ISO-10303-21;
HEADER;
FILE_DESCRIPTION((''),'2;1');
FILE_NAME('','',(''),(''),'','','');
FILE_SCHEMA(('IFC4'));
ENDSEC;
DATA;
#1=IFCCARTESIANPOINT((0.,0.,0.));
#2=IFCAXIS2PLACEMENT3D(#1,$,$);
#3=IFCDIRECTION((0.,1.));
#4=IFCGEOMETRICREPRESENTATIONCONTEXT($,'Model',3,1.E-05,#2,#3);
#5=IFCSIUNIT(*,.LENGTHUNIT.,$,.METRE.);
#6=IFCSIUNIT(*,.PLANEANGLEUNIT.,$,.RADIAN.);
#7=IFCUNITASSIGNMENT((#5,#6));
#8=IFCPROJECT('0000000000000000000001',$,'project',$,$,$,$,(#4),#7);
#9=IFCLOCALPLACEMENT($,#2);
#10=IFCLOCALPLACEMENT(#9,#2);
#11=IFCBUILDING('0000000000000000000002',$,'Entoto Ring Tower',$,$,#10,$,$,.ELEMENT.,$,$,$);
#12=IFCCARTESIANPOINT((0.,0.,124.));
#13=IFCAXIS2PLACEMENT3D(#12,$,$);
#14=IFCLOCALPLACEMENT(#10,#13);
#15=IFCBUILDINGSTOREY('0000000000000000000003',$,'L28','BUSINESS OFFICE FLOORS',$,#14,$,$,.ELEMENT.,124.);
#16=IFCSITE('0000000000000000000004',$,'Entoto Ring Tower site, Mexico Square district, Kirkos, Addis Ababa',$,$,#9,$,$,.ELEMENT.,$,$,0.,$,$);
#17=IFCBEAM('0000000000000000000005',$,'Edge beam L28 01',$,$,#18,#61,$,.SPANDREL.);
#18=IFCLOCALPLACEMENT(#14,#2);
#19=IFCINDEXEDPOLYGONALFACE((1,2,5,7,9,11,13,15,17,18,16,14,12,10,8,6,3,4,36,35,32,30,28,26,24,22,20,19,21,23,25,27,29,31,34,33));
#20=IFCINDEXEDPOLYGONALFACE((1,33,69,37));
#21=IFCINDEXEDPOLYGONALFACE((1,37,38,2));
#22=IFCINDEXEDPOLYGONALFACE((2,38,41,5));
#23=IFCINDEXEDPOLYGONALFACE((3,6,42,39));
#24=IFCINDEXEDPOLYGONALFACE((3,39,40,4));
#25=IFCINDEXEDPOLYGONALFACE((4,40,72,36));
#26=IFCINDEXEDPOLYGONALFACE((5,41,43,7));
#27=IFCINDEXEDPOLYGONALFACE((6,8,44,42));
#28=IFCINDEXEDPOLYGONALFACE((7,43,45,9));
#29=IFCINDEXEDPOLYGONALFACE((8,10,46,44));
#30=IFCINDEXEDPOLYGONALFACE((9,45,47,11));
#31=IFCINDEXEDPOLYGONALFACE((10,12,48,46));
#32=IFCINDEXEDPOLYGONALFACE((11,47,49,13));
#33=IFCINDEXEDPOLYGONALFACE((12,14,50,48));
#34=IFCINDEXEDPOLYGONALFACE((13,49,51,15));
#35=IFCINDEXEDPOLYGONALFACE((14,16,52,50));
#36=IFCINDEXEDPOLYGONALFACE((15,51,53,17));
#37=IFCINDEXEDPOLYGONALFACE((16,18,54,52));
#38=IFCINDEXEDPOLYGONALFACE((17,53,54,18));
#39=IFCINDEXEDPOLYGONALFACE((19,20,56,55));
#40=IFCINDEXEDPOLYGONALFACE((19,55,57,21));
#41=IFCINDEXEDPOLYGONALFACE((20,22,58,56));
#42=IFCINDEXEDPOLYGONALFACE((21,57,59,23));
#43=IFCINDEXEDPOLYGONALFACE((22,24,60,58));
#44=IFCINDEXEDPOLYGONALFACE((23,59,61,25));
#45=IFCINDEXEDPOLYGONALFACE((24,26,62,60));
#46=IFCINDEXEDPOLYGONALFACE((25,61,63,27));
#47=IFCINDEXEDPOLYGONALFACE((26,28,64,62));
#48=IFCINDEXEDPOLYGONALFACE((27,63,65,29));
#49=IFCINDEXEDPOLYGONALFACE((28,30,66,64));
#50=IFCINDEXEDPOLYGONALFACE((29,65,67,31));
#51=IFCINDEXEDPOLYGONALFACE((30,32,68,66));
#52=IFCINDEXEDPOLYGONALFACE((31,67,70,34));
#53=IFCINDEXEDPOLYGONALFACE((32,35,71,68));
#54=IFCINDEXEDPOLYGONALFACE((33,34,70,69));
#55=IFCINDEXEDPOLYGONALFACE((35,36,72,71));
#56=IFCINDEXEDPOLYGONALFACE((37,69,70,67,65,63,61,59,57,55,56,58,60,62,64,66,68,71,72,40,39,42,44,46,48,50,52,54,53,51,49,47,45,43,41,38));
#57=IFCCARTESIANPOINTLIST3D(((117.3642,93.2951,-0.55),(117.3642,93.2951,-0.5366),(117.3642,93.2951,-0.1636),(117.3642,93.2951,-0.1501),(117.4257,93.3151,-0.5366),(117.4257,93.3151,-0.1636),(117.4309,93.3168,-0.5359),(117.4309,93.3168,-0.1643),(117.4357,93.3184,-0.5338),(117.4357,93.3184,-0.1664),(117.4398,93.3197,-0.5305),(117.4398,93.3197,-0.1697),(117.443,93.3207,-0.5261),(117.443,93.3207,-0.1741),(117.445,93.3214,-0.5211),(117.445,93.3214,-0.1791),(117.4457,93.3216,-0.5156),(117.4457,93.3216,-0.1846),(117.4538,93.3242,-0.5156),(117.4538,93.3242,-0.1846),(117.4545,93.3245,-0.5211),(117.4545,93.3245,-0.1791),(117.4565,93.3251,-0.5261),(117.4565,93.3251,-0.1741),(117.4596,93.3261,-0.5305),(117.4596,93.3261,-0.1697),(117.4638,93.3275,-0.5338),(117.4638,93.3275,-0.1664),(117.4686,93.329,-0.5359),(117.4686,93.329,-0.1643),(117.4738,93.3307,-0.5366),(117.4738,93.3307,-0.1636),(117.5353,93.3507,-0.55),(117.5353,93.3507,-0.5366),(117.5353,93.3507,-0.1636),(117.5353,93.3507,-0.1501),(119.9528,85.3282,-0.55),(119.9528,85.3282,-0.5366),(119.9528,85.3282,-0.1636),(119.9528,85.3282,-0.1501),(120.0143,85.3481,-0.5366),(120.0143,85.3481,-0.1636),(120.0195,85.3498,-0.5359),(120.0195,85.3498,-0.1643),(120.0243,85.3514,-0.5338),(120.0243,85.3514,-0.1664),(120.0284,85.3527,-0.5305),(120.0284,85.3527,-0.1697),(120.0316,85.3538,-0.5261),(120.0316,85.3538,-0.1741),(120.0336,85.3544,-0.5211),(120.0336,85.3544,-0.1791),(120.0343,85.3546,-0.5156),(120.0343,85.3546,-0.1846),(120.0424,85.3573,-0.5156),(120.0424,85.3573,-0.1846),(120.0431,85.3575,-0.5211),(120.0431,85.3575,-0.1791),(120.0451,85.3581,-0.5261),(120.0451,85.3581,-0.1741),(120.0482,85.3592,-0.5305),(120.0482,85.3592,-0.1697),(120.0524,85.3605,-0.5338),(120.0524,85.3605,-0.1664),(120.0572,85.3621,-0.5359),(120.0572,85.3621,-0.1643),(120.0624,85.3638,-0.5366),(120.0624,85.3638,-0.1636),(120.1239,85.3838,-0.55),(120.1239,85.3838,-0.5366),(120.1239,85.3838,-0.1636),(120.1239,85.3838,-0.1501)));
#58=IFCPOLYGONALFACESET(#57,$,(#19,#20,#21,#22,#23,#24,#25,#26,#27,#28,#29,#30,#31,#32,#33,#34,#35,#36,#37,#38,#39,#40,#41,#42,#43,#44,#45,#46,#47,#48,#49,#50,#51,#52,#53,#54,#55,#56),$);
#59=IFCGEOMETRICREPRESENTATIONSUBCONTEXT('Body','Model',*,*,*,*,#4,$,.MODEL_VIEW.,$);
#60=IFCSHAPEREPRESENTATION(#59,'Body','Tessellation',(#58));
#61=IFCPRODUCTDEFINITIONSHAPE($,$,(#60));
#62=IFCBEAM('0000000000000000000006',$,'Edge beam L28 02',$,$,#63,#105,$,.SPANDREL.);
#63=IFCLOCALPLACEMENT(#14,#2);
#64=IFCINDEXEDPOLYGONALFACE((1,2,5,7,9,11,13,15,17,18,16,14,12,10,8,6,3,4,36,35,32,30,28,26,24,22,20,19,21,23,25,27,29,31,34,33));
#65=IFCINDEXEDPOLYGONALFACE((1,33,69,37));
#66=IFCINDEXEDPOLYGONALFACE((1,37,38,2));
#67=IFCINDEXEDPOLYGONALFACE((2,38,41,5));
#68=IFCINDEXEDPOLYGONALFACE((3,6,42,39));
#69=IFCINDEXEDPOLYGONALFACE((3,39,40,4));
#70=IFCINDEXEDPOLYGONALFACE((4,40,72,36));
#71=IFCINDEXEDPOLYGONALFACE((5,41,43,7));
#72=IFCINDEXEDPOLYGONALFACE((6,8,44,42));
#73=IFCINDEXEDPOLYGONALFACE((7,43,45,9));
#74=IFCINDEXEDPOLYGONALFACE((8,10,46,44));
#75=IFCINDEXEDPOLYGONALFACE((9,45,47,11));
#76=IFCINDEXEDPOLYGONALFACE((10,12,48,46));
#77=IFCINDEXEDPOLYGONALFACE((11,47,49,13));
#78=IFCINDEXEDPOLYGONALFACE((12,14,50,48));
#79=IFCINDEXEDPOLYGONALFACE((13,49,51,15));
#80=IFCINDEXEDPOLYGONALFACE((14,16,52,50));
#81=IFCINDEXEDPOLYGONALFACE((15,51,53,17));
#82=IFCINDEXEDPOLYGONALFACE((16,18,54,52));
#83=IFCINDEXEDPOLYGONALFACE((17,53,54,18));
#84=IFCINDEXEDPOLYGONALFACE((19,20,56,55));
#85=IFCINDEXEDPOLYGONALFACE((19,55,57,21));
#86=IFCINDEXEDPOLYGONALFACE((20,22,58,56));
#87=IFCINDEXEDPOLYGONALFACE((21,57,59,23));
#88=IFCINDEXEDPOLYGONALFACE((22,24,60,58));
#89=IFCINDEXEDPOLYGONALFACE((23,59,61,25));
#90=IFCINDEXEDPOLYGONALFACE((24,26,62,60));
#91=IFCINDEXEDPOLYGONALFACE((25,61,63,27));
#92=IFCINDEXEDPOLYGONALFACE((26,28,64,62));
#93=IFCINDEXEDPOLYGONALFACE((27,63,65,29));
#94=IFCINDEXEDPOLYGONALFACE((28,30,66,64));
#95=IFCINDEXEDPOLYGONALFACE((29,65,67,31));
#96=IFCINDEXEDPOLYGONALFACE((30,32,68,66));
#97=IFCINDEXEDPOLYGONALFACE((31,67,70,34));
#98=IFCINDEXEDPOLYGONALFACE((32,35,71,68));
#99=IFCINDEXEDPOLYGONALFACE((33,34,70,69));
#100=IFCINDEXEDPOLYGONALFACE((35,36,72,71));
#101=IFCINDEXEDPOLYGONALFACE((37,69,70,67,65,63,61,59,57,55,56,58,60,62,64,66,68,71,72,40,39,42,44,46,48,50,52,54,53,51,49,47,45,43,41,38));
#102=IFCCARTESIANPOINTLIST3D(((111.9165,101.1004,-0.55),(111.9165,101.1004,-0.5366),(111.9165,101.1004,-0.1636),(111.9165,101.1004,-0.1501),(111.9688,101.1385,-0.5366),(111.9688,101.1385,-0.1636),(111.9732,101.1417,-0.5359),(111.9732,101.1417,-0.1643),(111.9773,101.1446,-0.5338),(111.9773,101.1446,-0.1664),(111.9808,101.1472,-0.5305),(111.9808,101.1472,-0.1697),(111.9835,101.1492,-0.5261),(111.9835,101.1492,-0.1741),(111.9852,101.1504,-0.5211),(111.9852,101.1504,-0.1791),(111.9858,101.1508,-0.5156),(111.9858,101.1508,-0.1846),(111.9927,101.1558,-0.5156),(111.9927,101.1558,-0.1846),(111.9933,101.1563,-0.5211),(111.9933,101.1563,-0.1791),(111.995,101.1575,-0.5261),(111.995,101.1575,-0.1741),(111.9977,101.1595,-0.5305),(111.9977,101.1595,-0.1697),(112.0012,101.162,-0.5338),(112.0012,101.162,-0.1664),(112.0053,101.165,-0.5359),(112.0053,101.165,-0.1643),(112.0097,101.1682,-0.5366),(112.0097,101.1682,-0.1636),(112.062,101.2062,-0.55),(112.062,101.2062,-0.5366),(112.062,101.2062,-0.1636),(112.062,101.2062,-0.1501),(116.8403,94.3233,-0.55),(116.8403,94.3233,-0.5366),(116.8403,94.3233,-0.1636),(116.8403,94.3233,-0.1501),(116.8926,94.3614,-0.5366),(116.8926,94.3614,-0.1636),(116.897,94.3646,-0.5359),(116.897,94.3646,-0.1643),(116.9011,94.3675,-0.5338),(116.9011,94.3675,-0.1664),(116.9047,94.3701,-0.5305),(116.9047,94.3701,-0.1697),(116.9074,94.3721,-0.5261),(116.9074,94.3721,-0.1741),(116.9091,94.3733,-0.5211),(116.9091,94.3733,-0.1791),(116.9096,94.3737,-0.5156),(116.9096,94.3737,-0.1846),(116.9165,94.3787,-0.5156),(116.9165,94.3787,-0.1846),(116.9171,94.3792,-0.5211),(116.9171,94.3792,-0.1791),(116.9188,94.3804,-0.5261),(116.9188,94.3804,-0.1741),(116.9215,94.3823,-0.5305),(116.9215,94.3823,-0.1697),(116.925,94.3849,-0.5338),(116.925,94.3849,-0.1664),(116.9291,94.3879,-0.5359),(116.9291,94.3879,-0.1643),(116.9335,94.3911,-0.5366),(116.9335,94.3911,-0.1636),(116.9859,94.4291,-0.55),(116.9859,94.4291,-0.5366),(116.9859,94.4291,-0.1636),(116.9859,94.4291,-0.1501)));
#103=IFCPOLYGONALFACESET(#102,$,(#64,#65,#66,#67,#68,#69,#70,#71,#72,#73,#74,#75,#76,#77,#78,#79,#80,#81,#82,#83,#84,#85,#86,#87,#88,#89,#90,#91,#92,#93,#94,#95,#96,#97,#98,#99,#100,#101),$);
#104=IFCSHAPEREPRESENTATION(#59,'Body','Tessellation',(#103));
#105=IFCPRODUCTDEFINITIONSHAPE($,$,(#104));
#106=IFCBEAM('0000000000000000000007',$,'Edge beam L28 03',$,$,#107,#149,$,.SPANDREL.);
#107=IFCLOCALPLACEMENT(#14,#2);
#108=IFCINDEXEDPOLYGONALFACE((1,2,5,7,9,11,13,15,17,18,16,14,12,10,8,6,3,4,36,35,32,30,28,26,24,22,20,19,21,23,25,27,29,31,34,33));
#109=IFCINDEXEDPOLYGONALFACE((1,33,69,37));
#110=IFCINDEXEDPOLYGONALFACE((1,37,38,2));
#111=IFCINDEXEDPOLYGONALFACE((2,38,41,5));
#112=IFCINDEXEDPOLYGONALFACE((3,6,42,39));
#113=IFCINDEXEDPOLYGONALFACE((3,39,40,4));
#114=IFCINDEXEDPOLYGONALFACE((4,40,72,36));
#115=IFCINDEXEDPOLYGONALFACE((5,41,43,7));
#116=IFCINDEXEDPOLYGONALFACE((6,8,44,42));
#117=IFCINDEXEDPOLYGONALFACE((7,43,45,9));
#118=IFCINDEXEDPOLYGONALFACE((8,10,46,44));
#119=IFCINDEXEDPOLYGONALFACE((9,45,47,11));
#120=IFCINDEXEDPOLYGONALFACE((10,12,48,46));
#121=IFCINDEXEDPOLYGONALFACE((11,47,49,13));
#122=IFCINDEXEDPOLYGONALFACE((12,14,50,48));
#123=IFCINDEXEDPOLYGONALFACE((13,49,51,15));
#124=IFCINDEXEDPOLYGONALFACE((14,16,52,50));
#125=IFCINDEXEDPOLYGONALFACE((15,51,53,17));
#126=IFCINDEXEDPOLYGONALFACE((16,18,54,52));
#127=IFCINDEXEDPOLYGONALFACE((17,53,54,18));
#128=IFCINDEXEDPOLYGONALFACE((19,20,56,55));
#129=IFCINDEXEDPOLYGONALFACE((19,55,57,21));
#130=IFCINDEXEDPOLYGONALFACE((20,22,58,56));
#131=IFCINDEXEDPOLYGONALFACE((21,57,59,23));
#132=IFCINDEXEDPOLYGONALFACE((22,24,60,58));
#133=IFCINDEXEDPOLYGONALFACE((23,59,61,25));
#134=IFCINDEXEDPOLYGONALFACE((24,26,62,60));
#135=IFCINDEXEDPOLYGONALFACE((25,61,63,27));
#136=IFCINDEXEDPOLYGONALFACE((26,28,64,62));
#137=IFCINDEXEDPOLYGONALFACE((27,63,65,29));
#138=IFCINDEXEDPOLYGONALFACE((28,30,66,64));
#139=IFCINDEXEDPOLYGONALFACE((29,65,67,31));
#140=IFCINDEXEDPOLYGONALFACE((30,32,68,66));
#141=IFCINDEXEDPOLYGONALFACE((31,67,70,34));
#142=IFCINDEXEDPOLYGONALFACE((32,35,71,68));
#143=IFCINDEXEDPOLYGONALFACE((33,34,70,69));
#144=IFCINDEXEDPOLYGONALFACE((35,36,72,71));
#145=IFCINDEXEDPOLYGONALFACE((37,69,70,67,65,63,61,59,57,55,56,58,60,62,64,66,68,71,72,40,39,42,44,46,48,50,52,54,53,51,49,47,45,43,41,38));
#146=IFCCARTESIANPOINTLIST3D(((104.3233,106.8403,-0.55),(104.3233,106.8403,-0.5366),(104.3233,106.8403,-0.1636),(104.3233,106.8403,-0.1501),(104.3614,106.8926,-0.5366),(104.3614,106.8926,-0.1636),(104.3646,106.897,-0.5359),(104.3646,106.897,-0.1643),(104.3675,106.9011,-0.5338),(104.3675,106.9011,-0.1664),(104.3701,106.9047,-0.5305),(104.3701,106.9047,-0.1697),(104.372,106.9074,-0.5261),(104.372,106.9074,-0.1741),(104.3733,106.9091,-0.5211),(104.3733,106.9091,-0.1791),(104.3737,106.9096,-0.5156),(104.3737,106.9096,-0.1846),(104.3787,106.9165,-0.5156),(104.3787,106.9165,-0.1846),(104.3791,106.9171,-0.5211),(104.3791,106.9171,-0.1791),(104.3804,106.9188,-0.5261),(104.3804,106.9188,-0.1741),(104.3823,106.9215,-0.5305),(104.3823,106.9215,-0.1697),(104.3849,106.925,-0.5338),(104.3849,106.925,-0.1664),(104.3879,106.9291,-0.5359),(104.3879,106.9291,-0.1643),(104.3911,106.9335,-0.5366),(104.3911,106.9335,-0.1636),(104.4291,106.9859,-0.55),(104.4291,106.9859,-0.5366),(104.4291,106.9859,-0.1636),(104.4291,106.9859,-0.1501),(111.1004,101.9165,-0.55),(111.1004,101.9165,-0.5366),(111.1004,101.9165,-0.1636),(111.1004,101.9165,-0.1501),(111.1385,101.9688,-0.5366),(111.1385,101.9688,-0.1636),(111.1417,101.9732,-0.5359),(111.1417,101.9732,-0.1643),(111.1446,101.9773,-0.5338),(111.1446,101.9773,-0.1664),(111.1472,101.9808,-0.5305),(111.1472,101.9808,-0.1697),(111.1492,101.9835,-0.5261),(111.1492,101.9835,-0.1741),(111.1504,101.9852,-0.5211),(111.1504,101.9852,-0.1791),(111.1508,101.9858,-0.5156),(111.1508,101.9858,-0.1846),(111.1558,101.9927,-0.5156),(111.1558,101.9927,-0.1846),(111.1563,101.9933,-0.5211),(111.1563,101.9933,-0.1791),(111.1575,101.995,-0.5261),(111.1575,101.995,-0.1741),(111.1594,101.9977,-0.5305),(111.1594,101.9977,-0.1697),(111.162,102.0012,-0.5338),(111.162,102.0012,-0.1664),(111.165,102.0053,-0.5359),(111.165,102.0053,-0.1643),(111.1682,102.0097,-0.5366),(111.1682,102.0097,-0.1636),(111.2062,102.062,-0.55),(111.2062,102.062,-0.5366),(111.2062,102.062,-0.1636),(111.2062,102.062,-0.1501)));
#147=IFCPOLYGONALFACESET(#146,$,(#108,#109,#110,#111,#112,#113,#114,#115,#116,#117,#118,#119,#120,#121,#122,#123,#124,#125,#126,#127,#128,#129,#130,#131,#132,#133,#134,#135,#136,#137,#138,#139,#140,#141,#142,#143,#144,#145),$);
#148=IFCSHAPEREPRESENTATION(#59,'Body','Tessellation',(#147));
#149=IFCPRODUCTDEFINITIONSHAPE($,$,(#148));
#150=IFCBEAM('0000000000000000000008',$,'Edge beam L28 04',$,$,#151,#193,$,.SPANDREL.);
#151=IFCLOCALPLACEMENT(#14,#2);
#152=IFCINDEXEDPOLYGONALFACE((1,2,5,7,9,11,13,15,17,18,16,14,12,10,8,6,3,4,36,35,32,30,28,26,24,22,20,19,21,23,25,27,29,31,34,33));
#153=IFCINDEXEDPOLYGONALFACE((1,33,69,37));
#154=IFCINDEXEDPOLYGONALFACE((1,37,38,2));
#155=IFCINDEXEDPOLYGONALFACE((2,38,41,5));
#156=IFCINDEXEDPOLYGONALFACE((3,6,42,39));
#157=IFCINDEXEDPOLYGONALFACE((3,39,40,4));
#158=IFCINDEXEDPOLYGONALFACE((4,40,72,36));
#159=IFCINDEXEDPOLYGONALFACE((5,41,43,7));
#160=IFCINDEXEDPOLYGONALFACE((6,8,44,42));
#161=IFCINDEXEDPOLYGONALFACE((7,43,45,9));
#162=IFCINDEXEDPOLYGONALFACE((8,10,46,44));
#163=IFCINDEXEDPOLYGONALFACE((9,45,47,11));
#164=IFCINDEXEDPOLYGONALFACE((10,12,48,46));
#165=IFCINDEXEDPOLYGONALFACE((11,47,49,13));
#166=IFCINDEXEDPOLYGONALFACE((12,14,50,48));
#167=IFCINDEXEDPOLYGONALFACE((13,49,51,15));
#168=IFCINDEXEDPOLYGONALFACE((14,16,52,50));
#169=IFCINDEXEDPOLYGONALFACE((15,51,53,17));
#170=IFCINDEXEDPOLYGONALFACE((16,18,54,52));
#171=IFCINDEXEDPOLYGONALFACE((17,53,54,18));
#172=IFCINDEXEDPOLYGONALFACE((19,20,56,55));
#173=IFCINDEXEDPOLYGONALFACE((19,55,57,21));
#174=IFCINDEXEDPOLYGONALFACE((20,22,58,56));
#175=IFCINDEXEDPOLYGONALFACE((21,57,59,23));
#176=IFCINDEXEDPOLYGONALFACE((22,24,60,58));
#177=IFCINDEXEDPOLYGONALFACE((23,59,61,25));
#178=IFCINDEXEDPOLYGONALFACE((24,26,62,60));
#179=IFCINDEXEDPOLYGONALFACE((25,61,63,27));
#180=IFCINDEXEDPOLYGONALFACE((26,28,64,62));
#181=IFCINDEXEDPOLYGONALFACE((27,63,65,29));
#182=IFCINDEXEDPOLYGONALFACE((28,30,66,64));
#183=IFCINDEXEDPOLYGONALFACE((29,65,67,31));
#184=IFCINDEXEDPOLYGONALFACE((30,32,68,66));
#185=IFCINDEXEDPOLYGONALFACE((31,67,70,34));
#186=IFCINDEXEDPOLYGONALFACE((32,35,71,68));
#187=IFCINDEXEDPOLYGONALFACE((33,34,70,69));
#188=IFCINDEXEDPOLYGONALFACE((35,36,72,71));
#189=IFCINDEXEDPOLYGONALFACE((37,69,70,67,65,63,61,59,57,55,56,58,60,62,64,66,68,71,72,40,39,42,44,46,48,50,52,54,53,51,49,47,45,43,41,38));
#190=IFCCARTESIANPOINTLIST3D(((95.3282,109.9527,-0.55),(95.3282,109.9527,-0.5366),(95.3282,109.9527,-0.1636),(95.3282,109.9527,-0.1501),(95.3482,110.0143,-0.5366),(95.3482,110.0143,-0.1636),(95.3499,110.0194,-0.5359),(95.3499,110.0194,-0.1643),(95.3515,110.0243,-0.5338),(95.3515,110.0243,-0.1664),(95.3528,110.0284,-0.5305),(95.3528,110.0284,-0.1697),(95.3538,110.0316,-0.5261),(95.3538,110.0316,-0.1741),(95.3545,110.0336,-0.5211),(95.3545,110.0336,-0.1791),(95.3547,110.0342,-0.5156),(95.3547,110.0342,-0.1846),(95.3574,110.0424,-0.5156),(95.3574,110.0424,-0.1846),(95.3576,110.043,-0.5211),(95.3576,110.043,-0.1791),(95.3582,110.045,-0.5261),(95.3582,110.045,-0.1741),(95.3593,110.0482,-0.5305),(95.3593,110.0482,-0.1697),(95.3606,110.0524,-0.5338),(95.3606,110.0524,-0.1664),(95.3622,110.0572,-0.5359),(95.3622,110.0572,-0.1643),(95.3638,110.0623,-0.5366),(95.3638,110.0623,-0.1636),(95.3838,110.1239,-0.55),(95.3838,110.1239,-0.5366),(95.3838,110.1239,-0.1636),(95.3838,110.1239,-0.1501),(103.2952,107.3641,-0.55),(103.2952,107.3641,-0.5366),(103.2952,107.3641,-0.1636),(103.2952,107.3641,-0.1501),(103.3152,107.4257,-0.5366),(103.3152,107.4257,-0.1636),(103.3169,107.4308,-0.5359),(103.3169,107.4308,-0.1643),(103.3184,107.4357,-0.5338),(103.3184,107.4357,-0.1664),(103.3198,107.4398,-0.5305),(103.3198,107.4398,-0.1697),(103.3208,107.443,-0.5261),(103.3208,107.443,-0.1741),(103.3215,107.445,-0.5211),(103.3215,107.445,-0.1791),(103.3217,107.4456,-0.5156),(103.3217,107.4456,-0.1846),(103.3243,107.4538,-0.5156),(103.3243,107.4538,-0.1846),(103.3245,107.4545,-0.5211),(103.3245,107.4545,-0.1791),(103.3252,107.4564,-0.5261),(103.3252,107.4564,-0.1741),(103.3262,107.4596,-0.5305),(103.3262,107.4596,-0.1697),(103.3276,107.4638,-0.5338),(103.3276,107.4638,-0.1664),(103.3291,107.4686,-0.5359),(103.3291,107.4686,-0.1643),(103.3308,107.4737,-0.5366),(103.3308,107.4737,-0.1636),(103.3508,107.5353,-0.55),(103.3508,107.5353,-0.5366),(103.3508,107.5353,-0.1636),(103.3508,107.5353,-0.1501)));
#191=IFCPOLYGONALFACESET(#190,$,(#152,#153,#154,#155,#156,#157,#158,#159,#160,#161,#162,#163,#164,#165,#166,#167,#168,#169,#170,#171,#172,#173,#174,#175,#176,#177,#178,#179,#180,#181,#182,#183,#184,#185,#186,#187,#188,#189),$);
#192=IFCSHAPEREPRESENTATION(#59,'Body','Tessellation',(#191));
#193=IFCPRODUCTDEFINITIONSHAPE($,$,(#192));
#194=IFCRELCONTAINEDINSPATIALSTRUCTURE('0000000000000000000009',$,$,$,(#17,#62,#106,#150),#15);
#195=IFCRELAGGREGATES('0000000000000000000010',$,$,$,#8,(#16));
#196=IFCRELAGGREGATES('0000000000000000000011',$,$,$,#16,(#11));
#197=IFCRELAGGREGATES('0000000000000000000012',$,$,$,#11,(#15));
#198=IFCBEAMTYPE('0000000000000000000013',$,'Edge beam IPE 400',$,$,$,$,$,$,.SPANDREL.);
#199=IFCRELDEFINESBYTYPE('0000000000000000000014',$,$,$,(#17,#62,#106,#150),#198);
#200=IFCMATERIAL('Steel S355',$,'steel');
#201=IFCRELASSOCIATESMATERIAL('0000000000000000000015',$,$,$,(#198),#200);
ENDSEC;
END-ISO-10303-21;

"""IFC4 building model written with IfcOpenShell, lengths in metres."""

from ifc_helpers import new_model, si_unit, direction, frame, origin, origin_2d, place, context, subcontext, project, spatial, i_section, extrude, material, material_profile, profile_set, type_object, element, save


model = new_model("IFC4")

# Units and contexts
model_context = context("Model", 3, precision=1e-05, world=origin(), true_north=direction((0.0, 1.0)))
body_context = subcontext(model_context, "Body", "Model", "MODEL_VIEW")
ifc_project = project(units=[si_unit("LENGTHUNIT", "METRE"), si_unit("PLANEANGLEUNIT", "RADIAN")], contexts=[model_context])

# Site, building, storey
site_placement = place(None, origin())
site = spatial("IfcSite", under=ifc_project, at=site_placement, Name="Entoto Ring Tower site, Mexico Square district, Kirkos, Addis Ababa", CompositionType="ELEMENT", RefElevation=0.0)
building_placement = place(site_placement, origin())
building = spatial("IfcBuilding", under=site, at=building_placement, Name="Entoto Ring Tower", CompositionType="ELEMENT")
storey_placement = place(building_placement, frame((0.0, 0.0, 124.0)))
storey = spatial("IfcBuildingStorey", under=building, at=storey_placement, Name="L28", Description="BUSINESS OFFICE FLOORS", CompositionType="ELEMENT", Elevation=124.0)

# Beams
ifc_material_1 = material(Name="Steel S355", Category="steel")
ifc_material_profile_1 = material_profile(ifc_material_1, i_section(OverallWidth=0.1799, OverallDepth=0.3999, WebThickness=0.0085, FlangeThickness=0.0134, FilletRadius=0.021, at=origin_2d()), Name="IPE 400")
ifc_profile_set_1 = profile_set([ifc_material_profile_1], Name="Steel S355")
beam_type_1 = type_object("IfcBeamType", Name="Edge beam IPE 400", PredefinedType="SPANDREL", material=ifc_profile_set_1)
for number, where, z_axis, x_axis, name in (
    (1, (120.0383, 85.356, -0.3501), (-0.309014, 0.951057, 0.0), (-0.951057, -0.309014, 0.0), "Edge beam L28 01"),
    (2, (116.9131, 94.3762, -0.3501), (-0.587783, 0.809018, 0.0), (-0.809018, -0.587783, 0.0), "Edge beam L28 02"),
    (3, (111.1533, 101.9893, -0.3501), (-0.809018, 0.587783, 0.0), (-0.587783, -0.809018, 0.0), "Edge beam L28 03"),
    (4, (103.323, 107.4497, -0.3501), (-0.951057, 0.309014, 0.0), (-0.309014, -0.951057, 0.0), "Edge beam L28 04"),
):
    element("IfcBeam", number, at=place(storey_placement, frame(where, z_axis=z_axis, x_axis=x_axis)), inside=storey, type_object=beam_type_1, Name=name, PredefinedType="SPANDREL", context=body_context, shape_type="SweptSolid", body=[
        extrude(i_section(OverallWidth=0.1799, OverallDepth=0.3999, WebThickness=0.0085, FlangeThickness=0.0134, FilletRadius=0.021, at=origin_2d()), origin(), (0.0, 0.0, 1.0), 8.377),
    ])

save(model, "model.ifc")
